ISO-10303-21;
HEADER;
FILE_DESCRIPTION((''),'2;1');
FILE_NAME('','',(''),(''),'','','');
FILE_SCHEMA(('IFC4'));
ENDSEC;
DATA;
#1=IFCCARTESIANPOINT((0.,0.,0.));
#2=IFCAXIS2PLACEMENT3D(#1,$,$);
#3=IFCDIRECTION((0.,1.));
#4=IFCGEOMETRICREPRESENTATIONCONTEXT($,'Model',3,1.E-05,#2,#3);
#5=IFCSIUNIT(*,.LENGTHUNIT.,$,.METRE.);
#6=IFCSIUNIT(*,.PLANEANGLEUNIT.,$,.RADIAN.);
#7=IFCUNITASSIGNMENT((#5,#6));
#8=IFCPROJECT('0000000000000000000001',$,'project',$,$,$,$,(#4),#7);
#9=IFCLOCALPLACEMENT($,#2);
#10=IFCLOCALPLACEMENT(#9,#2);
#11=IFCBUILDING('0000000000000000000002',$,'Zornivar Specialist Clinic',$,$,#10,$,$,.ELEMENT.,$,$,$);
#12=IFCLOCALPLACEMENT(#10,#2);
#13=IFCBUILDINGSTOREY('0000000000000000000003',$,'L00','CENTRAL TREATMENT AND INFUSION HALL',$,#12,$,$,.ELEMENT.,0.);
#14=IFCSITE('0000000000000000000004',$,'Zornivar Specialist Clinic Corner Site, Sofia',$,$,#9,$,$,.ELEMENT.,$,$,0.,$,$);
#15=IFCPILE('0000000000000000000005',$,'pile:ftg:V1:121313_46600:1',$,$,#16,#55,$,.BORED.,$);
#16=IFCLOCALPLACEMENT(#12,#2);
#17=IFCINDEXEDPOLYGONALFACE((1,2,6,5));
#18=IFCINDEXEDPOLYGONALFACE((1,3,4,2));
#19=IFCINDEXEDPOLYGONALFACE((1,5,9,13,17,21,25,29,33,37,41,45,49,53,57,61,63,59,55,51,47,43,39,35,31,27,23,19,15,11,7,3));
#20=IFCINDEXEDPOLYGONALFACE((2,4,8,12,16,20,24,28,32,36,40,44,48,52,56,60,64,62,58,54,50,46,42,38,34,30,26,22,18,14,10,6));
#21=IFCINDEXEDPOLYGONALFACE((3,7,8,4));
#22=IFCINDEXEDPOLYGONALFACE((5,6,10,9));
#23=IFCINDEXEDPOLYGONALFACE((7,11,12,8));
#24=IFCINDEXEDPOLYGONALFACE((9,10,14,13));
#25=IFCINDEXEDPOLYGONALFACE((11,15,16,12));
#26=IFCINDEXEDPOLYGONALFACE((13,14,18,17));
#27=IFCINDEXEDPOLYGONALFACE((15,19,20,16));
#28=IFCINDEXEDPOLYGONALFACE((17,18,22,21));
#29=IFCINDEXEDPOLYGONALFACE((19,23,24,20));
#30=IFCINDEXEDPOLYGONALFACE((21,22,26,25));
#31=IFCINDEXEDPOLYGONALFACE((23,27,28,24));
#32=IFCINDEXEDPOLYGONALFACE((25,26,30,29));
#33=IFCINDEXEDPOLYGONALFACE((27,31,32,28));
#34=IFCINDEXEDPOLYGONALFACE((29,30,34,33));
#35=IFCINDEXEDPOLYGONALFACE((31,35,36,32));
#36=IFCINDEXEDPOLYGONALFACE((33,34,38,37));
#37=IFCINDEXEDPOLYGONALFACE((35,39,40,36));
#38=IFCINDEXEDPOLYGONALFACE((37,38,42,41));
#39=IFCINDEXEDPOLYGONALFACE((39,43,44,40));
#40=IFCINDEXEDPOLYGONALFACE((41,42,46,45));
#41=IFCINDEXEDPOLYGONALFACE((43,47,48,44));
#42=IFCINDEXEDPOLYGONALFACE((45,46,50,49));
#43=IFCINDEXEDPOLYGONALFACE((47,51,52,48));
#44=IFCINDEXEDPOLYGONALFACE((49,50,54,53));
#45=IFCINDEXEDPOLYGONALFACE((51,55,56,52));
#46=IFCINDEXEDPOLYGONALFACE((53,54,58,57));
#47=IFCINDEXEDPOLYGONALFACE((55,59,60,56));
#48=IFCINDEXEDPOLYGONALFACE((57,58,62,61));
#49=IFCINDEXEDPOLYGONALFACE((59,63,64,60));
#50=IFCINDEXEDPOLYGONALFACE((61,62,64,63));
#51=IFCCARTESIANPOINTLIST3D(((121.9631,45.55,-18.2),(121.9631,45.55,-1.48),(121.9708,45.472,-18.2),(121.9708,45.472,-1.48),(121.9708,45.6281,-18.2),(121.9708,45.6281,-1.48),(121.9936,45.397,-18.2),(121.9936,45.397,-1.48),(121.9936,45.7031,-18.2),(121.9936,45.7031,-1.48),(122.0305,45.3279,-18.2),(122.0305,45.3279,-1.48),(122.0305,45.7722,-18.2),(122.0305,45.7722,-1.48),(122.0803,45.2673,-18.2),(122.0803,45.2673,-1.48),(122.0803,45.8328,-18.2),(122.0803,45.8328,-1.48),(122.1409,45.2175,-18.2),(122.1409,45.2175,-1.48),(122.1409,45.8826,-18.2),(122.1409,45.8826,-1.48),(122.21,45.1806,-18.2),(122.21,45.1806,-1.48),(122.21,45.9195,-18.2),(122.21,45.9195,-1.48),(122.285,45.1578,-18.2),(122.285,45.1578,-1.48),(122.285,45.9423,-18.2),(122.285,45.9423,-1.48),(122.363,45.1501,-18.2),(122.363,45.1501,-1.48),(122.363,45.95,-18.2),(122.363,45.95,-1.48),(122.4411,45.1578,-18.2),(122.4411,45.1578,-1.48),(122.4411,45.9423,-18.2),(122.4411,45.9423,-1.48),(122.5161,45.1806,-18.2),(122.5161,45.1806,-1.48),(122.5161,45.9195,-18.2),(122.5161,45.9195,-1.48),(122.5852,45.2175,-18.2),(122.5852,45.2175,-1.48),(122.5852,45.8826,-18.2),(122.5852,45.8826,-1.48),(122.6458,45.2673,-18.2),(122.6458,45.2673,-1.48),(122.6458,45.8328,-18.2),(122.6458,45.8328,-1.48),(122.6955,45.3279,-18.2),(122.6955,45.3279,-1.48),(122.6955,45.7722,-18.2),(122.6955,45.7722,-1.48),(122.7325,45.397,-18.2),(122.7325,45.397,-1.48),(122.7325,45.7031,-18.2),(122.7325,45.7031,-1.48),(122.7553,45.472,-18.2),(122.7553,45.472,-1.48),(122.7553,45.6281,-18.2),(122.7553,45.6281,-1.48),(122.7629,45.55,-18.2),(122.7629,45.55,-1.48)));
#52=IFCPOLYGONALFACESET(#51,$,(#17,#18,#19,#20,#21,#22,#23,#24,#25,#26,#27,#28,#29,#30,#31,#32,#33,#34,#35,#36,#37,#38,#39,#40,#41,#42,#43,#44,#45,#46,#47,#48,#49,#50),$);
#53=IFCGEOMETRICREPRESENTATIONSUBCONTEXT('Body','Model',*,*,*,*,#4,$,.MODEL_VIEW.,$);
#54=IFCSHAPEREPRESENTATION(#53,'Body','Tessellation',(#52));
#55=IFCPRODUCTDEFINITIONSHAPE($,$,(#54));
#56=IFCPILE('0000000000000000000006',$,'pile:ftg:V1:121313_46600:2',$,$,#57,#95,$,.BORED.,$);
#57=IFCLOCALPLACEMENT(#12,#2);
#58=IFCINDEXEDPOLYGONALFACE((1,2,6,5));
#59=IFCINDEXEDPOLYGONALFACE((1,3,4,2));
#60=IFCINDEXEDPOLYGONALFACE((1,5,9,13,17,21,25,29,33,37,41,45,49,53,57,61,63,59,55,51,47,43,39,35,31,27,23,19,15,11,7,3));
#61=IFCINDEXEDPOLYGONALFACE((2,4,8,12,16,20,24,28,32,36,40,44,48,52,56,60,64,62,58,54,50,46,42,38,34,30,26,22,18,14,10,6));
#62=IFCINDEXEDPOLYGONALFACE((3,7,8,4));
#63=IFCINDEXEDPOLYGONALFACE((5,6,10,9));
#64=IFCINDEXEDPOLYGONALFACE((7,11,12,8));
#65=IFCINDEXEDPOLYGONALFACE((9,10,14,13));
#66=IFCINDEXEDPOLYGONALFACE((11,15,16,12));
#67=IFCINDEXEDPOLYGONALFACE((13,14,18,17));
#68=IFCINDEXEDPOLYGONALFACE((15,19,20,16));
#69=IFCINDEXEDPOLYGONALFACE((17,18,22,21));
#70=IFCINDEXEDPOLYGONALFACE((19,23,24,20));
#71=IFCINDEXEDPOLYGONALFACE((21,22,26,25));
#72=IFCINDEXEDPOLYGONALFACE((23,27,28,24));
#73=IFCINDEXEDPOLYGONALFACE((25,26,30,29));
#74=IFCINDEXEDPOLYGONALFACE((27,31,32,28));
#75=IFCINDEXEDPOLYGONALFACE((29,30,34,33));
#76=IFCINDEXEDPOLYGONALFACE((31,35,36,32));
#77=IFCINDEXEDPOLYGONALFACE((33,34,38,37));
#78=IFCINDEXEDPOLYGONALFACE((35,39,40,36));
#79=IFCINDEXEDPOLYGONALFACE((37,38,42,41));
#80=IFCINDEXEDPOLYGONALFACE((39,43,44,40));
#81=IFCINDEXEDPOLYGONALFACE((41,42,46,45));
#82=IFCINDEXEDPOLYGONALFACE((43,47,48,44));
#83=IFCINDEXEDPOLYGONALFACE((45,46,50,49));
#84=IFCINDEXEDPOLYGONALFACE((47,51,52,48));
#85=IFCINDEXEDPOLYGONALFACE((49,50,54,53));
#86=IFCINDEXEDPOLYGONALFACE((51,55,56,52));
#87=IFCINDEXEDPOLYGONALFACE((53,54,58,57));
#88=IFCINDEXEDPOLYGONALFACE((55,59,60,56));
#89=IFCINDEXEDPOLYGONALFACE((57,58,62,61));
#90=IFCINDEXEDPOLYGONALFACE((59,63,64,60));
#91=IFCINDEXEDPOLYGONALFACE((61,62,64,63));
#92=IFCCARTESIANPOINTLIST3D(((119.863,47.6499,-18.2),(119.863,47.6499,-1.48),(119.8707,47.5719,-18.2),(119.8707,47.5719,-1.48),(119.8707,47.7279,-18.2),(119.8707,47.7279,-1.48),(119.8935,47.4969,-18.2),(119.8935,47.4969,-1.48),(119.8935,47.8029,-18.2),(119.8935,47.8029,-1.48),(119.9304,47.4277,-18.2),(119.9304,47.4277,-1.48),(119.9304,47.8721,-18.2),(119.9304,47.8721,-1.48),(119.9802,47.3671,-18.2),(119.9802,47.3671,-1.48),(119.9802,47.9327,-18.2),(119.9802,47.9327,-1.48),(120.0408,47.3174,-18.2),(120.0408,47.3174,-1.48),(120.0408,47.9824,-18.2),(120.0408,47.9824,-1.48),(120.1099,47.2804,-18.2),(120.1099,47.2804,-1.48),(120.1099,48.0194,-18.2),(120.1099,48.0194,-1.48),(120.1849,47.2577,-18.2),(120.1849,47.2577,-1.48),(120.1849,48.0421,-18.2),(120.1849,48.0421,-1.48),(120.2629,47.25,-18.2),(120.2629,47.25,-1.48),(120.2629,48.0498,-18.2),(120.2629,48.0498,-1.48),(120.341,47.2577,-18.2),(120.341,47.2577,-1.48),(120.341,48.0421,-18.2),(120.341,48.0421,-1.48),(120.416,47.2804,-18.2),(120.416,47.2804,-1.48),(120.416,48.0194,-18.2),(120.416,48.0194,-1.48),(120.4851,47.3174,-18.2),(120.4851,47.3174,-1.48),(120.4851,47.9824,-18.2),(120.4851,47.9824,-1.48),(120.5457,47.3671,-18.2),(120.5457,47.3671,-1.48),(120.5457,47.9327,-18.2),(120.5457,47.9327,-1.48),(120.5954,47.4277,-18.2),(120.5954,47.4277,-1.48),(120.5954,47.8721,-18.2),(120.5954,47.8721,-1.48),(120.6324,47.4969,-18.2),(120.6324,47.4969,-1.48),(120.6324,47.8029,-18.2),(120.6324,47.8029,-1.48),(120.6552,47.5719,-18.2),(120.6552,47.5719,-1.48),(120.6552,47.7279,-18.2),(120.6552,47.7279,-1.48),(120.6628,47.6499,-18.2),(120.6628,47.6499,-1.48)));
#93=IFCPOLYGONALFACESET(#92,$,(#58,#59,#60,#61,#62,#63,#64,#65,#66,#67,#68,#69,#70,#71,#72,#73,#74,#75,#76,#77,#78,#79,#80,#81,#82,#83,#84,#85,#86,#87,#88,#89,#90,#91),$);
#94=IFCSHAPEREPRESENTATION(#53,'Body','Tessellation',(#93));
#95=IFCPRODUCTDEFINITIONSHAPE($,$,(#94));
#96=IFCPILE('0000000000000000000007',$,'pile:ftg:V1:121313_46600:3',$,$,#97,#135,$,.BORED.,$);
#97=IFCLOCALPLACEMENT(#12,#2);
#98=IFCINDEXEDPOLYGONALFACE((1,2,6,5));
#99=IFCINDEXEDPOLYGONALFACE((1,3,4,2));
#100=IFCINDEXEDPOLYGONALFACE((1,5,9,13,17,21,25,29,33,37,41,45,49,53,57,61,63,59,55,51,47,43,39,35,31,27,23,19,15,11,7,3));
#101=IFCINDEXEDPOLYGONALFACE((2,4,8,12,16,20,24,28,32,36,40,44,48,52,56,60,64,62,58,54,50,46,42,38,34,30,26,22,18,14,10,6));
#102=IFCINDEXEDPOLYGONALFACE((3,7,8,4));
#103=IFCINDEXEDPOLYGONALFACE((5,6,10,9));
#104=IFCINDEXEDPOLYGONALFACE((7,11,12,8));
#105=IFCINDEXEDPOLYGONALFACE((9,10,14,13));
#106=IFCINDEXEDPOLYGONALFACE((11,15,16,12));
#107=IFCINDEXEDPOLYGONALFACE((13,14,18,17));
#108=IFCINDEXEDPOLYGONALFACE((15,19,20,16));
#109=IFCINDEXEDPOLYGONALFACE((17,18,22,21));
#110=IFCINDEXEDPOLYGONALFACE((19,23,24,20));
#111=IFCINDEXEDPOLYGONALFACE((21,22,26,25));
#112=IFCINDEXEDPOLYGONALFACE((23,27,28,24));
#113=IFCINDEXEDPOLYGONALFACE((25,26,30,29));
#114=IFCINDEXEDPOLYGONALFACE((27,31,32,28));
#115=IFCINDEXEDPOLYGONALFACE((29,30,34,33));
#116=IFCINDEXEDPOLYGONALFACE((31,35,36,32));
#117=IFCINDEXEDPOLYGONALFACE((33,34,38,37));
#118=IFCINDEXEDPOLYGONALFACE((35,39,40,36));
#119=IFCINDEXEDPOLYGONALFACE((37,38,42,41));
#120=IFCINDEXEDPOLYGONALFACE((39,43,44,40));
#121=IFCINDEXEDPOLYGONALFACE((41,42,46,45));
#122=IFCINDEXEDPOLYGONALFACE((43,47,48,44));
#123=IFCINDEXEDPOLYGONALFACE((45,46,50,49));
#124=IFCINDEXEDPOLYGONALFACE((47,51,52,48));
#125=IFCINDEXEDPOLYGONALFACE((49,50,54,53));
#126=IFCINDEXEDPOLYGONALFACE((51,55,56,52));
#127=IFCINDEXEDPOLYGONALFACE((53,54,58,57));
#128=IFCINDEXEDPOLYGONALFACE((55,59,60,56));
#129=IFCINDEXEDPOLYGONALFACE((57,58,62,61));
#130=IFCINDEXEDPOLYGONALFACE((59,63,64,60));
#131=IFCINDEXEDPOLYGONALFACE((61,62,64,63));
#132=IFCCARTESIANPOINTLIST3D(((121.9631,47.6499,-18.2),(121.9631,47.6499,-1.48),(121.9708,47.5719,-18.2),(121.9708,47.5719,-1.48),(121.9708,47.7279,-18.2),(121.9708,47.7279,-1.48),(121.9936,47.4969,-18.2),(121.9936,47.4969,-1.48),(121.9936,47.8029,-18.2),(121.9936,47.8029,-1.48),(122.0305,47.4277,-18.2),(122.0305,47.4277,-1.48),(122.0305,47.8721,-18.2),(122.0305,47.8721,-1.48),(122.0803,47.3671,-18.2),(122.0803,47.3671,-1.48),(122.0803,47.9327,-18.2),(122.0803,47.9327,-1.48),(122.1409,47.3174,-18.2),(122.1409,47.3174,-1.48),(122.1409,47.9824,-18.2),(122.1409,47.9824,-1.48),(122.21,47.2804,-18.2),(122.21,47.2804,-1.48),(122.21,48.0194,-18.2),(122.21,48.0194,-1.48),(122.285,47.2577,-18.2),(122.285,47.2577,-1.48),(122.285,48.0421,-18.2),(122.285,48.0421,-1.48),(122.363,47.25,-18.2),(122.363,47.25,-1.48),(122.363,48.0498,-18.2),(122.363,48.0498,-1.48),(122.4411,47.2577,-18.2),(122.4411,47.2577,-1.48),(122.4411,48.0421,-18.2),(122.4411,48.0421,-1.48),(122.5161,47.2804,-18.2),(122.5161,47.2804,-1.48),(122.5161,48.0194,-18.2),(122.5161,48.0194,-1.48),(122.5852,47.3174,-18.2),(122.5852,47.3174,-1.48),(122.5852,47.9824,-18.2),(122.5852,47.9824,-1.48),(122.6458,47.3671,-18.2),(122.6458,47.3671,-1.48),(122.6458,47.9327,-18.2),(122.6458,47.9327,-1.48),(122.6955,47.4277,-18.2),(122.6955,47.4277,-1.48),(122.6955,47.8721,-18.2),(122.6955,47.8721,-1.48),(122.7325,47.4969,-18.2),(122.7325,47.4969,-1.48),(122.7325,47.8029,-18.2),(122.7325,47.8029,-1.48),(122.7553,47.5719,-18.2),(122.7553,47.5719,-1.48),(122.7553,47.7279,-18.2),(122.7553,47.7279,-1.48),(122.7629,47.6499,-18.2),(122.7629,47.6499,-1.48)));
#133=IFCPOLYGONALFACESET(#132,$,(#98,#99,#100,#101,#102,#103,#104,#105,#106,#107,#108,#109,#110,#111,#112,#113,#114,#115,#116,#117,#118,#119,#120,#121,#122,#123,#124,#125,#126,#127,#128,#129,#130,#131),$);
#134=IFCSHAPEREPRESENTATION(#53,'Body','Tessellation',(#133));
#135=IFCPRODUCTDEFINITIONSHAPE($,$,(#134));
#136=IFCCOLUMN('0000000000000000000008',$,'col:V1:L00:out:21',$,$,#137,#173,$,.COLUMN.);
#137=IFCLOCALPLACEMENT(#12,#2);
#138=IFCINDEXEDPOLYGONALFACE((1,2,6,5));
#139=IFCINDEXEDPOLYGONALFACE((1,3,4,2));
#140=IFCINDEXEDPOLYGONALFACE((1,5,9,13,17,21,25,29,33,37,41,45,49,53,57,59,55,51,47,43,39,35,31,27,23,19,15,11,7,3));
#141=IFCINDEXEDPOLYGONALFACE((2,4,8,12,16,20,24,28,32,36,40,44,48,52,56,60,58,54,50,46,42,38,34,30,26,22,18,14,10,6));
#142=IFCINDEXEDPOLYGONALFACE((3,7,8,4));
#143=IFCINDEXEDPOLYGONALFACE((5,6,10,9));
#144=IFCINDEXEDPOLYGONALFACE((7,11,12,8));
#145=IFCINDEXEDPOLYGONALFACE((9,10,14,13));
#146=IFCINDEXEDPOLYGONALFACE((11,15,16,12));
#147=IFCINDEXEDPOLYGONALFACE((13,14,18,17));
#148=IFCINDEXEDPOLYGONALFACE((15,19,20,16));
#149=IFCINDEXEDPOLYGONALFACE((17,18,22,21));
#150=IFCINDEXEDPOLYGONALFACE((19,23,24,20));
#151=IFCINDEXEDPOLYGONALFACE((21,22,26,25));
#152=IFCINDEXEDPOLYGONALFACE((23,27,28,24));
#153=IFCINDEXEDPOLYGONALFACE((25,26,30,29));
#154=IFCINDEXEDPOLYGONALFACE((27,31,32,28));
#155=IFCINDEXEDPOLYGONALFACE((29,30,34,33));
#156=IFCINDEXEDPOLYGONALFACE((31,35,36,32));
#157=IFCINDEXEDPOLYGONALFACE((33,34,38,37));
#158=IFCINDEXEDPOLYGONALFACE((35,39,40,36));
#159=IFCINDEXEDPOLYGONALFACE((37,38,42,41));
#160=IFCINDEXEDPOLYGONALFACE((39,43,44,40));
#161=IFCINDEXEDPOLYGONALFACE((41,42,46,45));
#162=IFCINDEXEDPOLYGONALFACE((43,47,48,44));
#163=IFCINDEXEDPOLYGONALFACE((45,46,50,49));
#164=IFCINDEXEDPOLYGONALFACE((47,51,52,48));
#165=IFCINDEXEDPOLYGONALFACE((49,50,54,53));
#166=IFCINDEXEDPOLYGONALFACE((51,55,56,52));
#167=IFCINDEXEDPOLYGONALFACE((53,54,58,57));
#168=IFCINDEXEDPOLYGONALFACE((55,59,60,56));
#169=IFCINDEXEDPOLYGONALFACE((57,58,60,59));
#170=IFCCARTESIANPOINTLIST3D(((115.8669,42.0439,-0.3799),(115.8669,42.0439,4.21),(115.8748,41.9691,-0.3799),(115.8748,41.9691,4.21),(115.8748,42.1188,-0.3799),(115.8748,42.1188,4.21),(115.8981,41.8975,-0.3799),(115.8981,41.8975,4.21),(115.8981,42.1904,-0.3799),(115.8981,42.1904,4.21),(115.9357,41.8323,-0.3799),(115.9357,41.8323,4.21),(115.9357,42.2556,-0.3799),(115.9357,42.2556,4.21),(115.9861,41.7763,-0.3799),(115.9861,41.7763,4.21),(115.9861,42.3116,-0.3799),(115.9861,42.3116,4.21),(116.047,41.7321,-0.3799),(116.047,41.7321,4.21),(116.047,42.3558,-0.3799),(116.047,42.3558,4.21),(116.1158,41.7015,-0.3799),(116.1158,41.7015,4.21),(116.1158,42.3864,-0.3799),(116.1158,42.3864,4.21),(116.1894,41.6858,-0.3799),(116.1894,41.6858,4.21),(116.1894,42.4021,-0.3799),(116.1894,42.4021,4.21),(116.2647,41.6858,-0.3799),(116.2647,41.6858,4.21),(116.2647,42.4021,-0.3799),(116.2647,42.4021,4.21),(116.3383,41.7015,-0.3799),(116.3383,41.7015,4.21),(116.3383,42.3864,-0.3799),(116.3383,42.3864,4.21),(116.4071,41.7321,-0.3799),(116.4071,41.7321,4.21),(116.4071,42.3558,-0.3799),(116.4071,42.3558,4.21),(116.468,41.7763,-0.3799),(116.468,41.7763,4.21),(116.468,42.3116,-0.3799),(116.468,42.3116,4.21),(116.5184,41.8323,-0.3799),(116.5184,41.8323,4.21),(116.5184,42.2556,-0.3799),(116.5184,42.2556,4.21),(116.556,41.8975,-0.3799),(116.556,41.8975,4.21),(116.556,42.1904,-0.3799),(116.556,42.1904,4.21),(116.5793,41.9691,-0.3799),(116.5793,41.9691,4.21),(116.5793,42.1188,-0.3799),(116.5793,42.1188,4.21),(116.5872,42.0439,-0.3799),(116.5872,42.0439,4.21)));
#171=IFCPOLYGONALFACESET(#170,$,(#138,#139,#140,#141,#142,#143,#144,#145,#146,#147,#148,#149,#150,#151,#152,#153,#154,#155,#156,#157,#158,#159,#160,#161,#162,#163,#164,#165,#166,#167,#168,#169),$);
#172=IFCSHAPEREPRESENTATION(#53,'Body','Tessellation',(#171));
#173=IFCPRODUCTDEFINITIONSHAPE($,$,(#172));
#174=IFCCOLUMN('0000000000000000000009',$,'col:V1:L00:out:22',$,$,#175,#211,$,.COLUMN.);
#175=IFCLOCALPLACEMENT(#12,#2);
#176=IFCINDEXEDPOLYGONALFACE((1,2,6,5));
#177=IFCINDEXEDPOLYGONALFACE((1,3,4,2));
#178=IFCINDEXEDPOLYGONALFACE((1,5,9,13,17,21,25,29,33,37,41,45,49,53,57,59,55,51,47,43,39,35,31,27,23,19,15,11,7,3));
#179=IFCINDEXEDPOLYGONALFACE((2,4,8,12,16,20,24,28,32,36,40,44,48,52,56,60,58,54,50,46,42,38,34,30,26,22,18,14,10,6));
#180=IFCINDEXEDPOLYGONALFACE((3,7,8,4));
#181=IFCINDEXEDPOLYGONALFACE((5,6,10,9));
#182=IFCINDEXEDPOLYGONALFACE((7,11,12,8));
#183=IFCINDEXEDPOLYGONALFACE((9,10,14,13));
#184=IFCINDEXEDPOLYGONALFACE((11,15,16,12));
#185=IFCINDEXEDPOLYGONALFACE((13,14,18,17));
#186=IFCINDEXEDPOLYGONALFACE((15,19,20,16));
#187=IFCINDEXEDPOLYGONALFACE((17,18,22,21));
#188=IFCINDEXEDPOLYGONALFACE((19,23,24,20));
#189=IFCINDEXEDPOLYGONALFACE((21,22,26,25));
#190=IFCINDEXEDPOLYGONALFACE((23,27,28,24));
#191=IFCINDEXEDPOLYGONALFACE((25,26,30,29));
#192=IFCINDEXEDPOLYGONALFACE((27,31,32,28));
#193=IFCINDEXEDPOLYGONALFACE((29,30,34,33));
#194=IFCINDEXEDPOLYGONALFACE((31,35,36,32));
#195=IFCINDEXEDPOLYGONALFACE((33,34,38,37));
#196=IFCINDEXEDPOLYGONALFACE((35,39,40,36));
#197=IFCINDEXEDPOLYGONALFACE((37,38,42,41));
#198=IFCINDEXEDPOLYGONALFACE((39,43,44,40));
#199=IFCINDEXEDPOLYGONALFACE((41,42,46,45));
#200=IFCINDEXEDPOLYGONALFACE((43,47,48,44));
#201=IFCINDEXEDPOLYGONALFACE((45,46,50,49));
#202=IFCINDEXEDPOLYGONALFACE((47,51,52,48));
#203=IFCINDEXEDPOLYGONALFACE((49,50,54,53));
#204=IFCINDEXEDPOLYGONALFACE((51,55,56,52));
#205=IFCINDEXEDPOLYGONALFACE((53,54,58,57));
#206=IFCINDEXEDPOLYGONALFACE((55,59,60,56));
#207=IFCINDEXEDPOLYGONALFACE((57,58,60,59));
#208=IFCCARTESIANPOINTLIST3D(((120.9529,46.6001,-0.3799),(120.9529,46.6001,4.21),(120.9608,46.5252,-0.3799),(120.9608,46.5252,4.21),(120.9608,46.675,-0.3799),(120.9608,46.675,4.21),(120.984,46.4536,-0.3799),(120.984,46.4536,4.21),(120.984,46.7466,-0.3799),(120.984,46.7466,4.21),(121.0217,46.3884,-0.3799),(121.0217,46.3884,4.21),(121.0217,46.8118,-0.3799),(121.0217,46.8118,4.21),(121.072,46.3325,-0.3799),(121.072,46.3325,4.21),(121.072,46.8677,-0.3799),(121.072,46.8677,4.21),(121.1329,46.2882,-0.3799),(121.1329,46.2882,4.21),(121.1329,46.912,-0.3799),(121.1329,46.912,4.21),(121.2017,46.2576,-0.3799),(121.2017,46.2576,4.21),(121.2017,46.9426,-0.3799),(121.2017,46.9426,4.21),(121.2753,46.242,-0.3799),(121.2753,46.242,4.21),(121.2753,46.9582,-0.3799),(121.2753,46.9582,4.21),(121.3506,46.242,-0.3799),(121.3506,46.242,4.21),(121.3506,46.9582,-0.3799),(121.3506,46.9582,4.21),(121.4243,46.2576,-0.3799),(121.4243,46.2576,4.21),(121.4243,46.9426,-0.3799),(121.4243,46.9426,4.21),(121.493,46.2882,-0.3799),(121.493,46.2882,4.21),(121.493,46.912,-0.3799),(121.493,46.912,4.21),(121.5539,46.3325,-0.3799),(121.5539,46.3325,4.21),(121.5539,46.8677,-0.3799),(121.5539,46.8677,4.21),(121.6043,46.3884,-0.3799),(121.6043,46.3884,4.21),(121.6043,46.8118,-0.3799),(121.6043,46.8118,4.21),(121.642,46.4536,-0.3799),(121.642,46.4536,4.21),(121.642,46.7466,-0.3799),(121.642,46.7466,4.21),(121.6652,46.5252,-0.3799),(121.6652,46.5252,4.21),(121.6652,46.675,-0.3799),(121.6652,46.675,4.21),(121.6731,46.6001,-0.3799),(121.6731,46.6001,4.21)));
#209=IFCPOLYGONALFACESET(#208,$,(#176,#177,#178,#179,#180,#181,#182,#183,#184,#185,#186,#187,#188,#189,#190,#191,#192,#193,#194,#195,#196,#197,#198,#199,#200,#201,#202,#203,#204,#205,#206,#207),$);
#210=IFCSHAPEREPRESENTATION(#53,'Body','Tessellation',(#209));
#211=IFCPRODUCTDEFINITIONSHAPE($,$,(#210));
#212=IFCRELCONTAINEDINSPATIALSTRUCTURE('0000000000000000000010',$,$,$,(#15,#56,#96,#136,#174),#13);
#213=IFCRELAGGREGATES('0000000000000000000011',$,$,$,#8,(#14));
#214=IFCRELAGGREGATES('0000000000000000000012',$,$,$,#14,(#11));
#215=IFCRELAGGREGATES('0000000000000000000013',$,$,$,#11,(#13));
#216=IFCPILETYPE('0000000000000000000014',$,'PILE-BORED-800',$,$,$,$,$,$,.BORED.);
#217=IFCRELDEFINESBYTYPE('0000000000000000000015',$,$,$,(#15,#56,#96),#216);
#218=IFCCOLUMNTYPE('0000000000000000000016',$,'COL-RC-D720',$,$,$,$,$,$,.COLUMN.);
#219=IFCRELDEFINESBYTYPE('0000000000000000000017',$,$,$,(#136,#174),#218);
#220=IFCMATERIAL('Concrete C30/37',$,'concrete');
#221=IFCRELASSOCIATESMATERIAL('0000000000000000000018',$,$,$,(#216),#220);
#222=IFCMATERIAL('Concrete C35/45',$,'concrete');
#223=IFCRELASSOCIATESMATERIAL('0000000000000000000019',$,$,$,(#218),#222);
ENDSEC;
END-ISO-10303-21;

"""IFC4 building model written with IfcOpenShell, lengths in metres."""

from ifc_helpers import new_model, si_unit, direction, frame, origin, origin_2d, place, context, subcontext, project, spatial, circle, extrude, material, material_profile, profile_set, type_object, element, save


model = new_model("IFC4")

# Units and contexts
model_context = context("Model", 3, precision=1e-05, world=origin(), true_north=direction((0.0, 1.0)))
body_context = subcontext(model_context, "Body", "Model", "MODEL_VIEW")
ifc_project = project(units=[si_unit("LENGTHUNIT", "METRE"), si_unit("PLANEANGLEUNIT", "RADIAN")], contexts=[model_context])

# Site, building, storey
site_placement = place(None, origin())
site = spatial("IfcSite", under=ifc_project, at=site_placement, Name="Zornivar Specialist Clinic Corner Site, Sofia", CompositionType="ELEMENT", RefElevation=0.0)
building_placement = place(site_placement, origin())
building = spatial("IfcBuilding", under=site, at=building_placement, Name="Zornivar Specialist Clinic", CompositionType="ELEMENT")
storey_placement = place(building_placement, origin())
storey = spatial("IfcBuildingStorey", under=building, at=storey_placement, Name="L00", Description="CENTRAL TREATMENT AND INFUSION HALL", CompositionType="ELEMENT", Elevation=0.0)

# Piles
ifc_material_1 = material(Name="Concrete C30/37", Category="concrete")
ifc_material_profile_1 = material_profile(ifc_material_1, circle(Radius=0.3999, at=origin_2d()), Name="PILE D800")
ifc_profile_set_1 = profile_set([ifc_material_profile_1], Name="Concrete C30/37")
pile_type = type_object("IfcPileType", Name="PILE-BORED-800", PredefinedType="BORED", material=ifc_profile_set_1)
for number, where, z_axis, x_axis, name in (
    (1, (122.363, 45.55, -1.48), (0.0, 0.0, -1.0), (1.0, 0.0, 0.0), "pile:ftg:V1:121313_46600:1"),
    (2, (120.2629, 47.6499, -1.48), (0.0, 0.0, -1.0), (1.0, 0.0, 0.0), "pile:ftg:V1:121313_46600:2"),
    (3, (122.363, 47.6499, -1.48), (0.0, 0.0, -1.0), (1.0, 0.0, 0.0), "pile:ftg:V1:121313_46600:3"),
):
    element("IfcPile", number, at=place(storey_placement, frame(where, z_axis=z_axis, x_axis=x_axis)), inside=storey, type_object=pile_type, Name=name, PredefinedType="BORED", context=body_context, shape_type="SweptSolid", body=[
        extrude(circle(Radius=0.3999, at=origin_2d()), origin(), (0.0, 0.0, 1.0), 16.72),
    ])

# Columns
ifc_material_2 = material(Name="Concrete C35/45", Category="concrete")
ifc_material_profile_2 = material_profile(ifc_material_2, circle(Radius=0.3601, at=origin_2d()), Name="RC D720")
ifc_profile_set_2 = profile_set([ifc_material_profile_2], Name="Concrete C35/45")
column_type = type_object("IfcColumnType", Name="COL-RC-D720", PredefinedType="COLUMN", material=ifc_profile_set_2)
for number, where, z_axis, x_axis, name in (
    (4, (116.2271, 42.0439, -0.3799), (0.0, 0.0, 1.0), (1.0, 0.0, 0.0), "col:V1:L00:out:21"),
    (5, (121.313, 46.6001, -0.3799), (0.0, 0.0, 1.0), (1.0, 0.0, 0.0), "col:V1:L00:out:22"),
):
    element("IfcColumn", number, at=place(storey_placement, frame(where, z_axis=z_axis, x_axis=x_axis)), inside=storey, type_object=column_type, Name=name, PredefinedType="COLUMN", context=body_context, shape_type="SweptSolid", body=[
        extrude(circle(Radius=0.3601, at=origin_2d()), origin(), (0.0, 0.0, 1.0), 4.5898),
    ])

save(model, "model.ifc")
